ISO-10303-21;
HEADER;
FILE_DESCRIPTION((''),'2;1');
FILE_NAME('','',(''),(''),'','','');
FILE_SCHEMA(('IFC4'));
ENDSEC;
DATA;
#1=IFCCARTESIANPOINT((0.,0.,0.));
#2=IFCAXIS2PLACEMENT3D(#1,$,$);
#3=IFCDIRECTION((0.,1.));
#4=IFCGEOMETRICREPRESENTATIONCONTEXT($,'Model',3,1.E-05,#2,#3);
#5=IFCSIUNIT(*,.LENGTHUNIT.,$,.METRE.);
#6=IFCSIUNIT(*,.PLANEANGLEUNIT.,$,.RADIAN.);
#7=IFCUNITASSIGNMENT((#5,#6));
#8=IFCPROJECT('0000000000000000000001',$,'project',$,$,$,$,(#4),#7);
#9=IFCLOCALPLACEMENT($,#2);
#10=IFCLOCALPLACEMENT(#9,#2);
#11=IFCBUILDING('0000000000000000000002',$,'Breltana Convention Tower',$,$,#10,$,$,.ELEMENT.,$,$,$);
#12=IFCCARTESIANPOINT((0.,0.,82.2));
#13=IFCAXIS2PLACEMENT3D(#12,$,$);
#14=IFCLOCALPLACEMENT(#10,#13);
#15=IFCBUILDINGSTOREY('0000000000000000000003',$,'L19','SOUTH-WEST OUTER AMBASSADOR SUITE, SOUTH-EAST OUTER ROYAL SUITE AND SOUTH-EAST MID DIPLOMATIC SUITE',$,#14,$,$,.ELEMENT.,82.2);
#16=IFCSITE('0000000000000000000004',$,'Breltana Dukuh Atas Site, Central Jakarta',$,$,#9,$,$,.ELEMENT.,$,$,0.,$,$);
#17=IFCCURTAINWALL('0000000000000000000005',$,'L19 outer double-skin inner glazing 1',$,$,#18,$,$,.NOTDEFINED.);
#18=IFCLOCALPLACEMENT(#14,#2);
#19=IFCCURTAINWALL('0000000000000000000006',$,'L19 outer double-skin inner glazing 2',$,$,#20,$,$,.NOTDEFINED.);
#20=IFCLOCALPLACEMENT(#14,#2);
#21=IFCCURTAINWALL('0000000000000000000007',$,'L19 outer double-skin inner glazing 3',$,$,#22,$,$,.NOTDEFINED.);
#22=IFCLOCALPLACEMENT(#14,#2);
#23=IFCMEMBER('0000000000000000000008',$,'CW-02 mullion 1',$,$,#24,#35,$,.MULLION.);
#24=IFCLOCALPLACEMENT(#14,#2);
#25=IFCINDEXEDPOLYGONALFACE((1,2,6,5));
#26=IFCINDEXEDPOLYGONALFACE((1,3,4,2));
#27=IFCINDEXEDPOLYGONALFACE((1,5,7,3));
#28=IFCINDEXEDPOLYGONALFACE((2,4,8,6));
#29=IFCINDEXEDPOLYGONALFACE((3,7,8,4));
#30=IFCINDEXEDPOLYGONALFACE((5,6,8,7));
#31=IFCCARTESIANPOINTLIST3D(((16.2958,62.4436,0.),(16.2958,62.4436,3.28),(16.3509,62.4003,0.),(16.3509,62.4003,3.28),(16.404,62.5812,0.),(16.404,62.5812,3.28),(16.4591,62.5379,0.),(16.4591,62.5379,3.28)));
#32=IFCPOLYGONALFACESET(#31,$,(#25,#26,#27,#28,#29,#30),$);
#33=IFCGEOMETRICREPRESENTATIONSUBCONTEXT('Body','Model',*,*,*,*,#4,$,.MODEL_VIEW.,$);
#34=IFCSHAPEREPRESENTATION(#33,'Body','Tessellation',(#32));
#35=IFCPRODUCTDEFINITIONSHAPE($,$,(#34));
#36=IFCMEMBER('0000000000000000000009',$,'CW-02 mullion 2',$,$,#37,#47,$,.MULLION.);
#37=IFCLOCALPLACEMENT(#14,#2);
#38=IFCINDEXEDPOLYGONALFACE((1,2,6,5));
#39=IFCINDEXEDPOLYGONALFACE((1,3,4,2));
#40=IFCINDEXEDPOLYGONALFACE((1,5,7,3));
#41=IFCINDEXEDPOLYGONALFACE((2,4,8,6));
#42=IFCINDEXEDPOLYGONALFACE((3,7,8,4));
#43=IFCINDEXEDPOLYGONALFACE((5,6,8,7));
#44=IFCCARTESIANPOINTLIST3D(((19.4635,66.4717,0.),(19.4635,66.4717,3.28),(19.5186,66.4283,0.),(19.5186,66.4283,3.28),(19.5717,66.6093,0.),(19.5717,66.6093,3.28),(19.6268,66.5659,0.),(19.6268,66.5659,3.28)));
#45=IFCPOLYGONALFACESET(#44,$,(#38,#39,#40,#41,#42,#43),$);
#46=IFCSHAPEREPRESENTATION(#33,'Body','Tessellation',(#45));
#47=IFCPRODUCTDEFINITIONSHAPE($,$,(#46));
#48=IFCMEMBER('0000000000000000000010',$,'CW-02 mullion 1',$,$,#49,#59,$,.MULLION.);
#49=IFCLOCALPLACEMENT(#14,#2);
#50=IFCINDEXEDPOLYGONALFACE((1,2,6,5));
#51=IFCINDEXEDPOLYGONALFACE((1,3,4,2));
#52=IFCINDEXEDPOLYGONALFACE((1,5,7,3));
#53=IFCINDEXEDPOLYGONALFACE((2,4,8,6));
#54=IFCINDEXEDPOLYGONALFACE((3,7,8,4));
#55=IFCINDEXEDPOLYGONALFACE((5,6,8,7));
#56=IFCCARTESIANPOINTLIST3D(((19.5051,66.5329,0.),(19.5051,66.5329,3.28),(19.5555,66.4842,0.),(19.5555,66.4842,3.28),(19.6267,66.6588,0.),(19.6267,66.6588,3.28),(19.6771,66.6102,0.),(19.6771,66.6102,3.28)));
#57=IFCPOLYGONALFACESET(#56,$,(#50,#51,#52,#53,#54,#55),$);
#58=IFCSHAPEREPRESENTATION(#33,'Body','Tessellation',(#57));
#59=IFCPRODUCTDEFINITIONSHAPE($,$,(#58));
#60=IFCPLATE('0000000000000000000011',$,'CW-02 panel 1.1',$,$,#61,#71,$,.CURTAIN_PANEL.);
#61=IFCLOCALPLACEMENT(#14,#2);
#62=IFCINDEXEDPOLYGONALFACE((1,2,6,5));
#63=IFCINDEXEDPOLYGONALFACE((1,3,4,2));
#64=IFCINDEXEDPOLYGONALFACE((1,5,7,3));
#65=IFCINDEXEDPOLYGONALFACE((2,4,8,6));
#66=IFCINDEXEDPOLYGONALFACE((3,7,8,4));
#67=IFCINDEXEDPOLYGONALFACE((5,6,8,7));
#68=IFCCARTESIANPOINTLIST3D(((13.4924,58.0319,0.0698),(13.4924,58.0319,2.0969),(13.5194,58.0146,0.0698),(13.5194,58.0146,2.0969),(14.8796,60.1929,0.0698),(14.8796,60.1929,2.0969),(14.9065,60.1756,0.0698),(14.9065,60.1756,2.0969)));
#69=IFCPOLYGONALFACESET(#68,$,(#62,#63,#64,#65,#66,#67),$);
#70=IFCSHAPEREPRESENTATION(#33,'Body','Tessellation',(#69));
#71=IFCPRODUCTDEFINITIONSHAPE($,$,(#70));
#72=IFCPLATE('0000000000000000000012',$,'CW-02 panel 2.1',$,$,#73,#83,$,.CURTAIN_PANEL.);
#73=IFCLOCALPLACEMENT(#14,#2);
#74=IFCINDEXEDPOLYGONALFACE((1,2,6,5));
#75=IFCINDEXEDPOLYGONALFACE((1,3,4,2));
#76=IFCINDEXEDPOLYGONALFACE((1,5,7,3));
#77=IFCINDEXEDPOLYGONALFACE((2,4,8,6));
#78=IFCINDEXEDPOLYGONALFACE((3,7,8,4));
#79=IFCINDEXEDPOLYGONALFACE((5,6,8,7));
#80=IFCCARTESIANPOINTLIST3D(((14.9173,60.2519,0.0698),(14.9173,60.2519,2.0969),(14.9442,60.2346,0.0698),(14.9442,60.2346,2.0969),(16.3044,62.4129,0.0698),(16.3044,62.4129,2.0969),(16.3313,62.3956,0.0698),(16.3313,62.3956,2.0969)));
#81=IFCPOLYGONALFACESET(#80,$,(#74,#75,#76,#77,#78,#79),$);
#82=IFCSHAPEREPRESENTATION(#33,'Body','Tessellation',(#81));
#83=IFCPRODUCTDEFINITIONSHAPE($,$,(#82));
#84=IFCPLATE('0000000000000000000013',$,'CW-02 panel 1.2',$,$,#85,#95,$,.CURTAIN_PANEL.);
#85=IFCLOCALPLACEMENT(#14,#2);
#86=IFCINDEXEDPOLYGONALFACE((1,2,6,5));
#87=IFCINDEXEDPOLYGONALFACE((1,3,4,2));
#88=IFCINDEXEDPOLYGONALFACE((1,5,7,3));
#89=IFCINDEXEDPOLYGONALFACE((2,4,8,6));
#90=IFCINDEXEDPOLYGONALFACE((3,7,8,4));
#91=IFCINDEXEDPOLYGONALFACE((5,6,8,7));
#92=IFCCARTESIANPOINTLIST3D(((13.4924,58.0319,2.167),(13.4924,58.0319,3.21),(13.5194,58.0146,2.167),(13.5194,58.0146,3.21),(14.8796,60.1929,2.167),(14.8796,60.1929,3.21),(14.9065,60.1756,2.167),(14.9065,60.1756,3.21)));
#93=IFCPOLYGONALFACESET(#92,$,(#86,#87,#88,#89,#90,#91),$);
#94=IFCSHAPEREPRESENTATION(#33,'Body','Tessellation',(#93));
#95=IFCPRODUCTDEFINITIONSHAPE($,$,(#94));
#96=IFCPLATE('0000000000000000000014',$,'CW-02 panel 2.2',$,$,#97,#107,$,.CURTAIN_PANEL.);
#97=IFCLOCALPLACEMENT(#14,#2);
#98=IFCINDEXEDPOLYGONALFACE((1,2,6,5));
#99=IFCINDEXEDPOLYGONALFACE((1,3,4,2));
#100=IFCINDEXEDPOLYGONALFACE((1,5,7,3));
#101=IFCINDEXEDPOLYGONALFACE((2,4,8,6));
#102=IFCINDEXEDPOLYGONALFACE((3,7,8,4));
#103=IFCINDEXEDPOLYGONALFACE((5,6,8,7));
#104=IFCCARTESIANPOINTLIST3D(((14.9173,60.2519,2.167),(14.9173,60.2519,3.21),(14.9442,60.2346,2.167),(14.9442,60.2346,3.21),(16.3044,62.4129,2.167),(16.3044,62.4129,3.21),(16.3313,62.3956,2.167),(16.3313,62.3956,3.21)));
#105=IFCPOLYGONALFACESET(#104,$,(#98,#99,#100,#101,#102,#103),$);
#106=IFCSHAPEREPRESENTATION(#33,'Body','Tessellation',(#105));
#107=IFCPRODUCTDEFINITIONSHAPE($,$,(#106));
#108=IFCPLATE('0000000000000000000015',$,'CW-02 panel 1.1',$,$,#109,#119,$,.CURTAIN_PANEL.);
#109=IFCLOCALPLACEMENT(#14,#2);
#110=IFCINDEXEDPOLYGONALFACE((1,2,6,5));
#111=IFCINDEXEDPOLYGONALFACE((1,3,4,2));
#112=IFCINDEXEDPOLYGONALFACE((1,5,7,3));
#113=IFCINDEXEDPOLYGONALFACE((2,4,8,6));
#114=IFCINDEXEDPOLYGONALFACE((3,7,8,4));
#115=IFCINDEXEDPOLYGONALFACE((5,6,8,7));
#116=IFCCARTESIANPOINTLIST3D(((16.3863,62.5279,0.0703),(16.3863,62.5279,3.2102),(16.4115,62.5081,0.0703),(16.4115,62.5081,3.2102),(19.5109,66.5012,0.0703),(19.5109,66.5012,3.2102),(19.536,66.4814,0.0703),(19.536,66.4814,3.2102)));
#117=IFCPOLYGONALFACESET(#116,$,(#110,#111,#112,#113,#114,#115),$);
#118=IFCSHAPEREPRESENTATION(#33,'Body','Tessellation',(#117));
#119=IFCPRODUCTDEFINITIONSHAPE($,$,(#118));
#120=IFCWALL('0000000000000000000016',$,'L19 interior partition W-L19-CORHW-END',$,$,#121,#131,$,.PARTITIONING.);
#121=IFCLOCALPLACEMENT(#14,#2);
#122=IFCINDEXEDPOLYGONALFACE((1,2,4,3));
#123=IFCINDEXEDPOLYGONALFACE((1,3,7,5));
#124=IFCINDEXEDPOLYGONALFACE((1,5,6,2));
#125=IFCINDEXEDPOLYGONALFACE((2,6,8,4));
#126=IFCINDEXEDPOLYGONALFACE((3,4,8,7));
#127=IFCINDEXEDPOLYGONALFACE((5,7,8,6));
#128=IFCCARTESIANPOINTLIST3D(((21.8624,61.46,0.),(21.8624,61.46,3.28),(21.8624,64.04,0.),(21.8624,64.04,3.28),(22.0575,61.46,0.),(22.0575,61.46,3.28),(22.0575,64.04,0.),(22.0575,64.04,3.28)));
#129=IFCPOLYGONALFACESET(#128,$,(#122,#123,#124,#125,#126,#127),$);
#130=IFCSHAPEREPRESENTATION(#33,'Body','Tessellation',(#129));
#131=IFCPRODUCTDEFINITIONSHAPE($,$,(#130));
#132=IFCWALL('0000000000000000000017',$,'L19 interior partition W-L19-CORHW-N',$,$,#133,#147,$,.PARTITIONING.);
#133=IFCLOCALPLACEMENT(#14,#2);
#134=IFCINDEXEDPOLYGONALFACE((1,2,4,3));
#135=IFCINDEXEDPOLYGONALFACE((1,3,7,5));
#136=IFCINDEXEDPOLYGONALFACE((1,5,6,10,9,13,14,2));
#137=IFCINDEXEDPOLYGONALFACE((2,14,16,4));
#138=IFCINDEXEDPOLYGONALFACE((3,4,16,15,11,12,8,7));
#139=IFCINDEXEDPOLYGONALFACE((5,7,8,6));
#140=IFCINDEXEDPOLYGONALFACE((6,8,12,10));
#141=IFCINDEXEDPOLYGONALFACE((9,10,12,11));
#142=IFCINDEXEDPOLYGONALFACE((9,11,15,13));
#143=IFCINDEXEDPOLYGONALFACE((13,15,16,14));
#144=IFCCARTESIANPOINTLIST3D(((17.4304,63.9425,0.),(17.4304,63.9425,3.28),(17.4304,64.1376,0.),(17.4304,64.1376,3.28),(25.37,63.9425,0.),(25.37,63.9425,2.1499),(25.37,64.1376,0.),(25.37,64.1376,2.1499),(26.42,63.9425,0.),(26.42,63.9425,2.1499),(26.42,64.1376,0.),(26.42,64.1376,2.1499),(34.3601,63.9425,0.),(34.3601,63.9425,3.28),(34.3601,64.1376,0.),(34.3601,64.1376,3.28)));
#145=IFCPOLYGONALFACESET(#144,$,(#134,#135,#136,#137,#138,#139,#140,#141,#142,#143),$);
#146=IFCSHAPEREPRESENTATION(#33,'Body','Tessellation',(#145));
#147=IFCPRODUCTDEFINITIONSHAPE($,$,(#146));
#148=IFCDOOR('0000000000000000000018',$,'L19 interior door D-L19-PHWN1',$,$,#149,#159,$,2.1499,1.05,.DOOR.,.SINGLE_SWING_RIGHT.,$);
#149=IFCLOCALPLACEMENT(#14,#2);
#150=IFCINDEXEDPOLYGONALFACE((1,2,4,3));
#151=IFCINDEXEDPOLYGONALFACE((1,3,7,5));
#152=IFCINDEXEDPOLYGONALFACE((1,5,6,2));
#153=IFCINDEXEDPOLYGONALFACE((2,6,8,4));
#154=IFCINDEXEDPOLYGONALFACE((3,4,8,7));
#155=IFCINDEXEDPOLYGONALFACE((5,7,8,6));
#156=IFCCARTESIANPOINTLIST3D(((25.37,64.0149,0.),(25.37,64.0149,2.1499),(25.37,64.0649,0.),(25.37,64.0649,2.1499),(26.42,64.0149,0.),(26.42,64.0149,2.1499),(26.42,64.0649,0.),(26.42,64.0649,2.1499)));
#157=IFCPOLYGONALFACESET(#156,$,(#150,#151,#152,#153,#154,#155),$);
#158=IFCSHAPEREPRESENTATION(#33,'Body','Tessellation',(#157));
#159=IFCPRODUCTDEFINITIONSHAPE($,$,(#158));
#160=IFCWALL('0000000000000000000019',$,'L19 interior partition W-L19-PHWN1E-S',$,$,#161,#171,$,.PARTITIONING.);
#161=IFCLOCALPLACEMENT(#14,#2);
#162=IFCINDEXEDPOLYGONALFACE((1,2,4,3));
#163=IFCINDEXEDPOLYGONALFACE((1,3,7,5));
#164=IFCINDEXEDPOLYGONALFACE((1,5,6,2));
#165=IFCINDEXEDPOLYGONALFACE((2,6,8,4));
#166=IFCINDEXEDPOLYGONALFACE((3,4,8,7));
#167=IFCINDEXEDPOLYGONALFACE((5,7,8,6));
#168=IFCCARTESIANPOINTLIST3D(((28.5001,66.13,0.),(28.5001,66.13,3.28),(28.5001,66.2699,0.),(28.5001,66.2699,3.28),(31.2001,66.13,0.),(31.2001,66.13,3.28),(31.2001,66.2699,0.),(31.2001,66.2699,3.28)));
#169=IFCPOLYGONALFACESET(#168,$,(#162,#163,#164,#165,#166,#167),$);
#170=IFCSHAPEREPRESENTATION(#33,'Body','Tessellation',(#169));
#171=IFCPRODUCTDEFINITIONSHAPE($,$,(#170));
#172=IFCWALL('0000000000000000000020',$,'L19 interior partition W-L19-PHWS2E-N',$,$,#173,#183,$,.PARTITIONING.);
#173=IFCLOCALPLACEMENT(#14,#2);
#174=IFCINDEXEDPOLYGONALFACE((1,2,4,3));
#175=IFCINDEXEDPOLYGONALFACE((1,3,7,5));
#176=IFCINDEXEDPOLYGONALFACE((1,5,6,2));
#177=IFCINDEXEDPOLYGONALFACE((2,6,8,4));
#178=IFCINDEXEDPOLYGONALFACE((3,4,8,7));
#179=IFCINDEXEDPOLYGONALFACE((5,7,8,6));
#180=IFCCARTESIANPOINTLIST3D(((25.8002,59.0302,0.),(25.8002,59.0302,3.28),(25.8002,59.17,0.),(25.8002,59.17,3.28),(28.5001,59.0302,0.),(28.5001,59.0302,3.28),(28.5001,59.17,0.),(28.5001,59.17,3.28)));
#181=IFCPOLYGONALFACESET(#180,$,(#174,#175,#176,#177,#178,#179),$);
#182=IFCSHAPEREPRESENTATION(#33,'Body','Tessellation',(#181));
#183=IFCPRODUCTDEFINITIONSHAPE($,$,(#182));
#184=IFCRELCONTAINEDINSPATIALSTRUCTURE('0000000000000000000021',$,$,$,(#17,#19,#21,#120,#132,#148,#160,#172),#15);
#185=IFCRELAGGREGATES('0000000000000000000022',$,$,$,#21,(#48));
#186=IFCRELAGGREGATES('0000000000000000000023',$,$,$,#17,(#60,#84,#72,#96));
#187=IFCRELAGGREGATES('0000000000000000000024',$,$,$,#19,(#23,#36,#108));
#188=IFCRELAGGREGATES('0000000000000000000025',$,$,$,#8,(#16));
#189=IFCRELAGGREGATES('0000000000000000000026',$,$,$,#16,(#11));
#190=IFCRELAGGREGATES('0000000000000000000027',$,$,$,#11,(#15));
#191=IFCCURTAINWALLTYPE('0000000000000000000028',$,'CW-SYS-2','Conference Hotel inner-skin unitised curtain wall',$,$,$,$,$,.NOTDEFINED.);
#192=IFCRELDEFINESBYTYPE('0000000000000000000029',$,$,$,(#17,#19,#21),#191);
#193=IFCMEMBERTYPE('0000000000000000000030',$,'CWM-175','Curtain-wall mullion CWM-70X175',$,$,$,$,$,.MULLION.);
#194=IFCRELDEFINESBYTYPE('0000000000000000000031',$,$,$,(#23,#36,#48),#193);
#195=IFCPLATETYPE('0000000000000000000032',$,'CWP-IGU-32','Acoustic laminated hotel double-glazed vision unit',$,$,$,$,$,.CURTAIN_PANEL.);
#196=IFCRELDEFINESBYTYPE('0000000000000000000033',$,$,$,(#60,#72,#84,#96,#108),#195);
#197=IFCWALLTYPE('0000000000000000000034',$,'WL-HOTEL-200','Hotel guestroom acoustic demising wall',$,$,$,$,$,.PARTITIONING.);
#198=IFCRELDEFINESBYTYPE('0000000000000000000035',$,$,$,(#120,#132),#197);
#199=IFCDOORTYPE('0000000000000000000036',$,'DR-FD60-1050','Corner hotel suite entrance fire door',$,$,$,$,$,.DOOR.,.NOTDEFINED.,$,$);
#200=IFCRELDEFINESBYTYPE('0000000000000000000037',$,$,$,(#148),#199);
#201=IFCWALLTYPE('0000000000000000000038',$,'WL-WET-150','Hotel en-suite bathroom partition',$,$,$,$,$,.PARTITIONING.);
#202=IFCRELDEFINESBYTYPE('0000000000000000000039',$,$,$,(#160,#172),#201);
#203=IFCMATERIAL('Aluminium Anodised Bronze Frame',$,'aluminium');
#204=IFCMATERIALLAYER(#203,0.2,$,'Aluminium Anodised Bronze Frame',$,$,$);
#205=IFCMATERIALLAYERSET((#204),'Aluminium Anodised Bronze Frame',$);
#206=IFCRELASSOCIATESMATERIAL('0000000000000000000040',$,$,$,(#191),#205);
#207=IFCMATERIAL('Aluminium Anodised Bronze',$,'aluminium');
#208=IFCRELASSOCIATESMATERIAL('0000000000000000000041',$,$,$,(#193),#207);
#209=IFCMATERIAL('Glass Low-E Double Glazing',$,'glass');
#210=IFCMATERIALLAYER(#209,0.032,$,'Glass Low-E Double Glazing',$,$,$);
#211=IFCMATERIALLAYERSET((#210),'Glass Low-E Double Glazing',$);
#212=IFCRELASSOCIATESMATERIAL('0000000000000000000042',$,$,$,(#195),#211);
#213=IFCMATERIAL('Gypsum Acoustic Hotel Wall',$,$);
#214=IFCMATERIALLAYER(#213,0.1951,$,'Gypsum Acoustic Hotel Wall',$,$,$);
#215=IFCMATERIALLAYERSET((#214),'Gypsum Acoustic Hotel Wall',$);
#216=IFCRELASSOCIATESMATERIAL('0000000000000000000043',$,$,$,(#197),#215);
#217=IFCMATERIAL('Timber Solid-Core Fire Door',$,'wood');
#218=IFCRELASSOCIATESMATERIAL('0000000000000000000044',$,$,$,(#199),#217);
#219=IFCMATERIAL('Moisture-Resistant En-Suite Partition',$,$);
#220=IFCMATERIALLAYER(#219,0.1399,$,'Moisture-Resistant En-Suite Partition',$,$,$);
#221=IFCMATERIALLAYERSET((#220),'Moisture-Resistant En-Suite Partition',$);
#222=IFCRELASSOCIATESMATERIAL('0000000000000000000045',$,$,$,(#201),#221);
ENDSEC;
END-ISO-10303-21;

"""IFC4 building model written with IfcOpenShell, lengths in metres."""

from ifc_helpers import new_model, si_unit, direction, frame, frame_2d, origin, origin_2d, place, context, subcontext, project, spatial, rectangle, extrude, source, transform, mapped, material, layer, layer_set, material_profile, profile_set, type_object, type_shapes, element, fill, aggregate, save


model = new_model("IFC4")

# Units and contexts
model_context = context("Model", 3, precision=1e-05, world=origin(), true_north=direction((0.0, 1.0)))
body_context = subcontext(model_context, "Body", "Model", "MODEL_VIEW")
ifc_project = project(units=[si_unit("LENGTHUNIT", "METRE"), si_unit("PLANEANGLEUNIT", "RADIAN")], contexts=[model_context])

# Site, building, storey
site_placement = place(None, origin())
site = spatial("IfcSite", under=ifc_project, at=site_placement, Name="Breltana Dukuh Atas Site, Central Jakarta", CompositionType="ELEMENT", RefElevation=0.0)
building_placement = place(site_placement, origin())
building = spatial("IfcBuilding", under=site, at=building_placement, Name="Breltana Convention Tower", CompositionType="ELEMENT")
storey_placement = place(building_placement, frame((0.0, 0.0, 82.2)))
storey = spatial("IfcBuildingStorey", under=building, at=storey_placement, Name="L19", Description="SOUTH-WEST OUTER AMBASSADOR SUITE, SOUTH-EAST OUTER ROYAL SUITE AND SOUTH-EAST MID DIPLOMATIC SUITE", CompositionType="ELEMENT", Elevation=82.2)

# Curtain walls
ifc_material_1 = material(Name="Aluminium Anodised Bronze Frame", Category="aluminium")
ifc_layer_1 = layer(ifc_material_1, 0.2, Name="Aluminium Anodised Bronze Frame")
ifc_layer_set_1 = layer_set([ifc_layer_1], Name="Aluminium Anodised Bronze Frame")
curtain_wall_type = type_object("IfcCurtainWallType", Name="CW-SYS-2", Description="Conference Hotel inner-skin unitised curtain wall", PredefinedType="NOTDEFINED", material=ifc_layer_set_1)
curtain_wall_1_placement = place(storey_placement, origin())
curtain_wall_1 = element("IfcCurtainWall", 1, at=curtain_wall_1_placement, inside=storey, type_object=curtain_wall_type, Name="L19 outer double-skin inner glazing 1", PredefinedType="NOTDEFINED")
ifc_material_2 = material(Name="Aluminium Anodised Bronze", Category="aluminium")
curtain_wall_2_placement = place(storey_placement, origin())
curtain_wall_2 = element("IfcCurtainWall", 2, at=curtain_wall_2_placement, inside=storey, type_object=curtain_wall_type, Name="L19 outer double-skin inner glazing 2", PredefinedType="NOTDEFINED")

# Curtain wall
curtain_wall_3_placement = place(storey_placement, origin())
curtain_wall_3 = element("IfcCurtainWall", 3, at=curtain_wall_3_placement, inside=storey, type_object=curtain_wall_type, Name="L19 outer double-skin inner glazing 3", PredefinedType="NOTDEFINED")

# Members
ifc_material_profile_1 = material_profile(ifc_material_2, rectangle(XDim=0.0701, YDim=0.175, at=origin_2d()), Name="CWM-70X175")
ifc_profile_set_1 = profile_set([ifc_material_profile_1], Name="Aluminium Anodised Bronze")
member_type_1 = type_object("IfcMemberType", Name="CWM-175", Description="Curtain-wall mullion CWM-70X175", PredefinedType="MULLION", material=ifc_profile_set_1)
shared_shape_1 = source(origin(), body_context, "Body", "SweptSolid", [
    extrude(rectangle(XDim=0.0701, YDim=0.175, at=origin_2d()), origin(), (0.0, 0.0, 1.0), 3.28),
])
member_1_placement = place(storey_placement, frame((16.3774, 62.4907, 0.0), z_axis=(0.0, 0.0, 1.0), x_axis=(-0.786057, 0.618154, 0.0)))
member_1 = element("IfcMember", 4, at=member_1_placement, type_object=member_type_1, Name="CW-02 mullion 1", PredefinedType="MULLION", context=body_context, shape_type="MappedRepresentation", body=[
    mapped(shared_shape_1, transform((0.0, 0.0, 0.0), scale=1.0)),
])
member_2_placement = place(storey_placement, frame((19.5452, 66.5188, 0.0), z_axis=(0.0, 0.0, 1.0), x_axis=(-0.786057, 0.618154, 0.0)))
member_2 = element("IfcMember", 5, at=member_2_placement, type_object=member_type_1, Name="CW-02 mullion 2", PredefinedType="MULLION", context=body_context, shape_type="MappedRepresentation", body=[
    mapped(shared_shape_1, transform((0.0, 0.0, 0.0), scale=1.0)),
])
member_3_placement = place(storey_placement, frame((19.5911, 66.5715, 0.0), z_axis=(0.0, 0.0, 1.0), x_axis=(-0.719386, 0.69461, 0.0)))
member_3 = element("IfcMember", 6, at=member_3_placement, type_object=member_type_1, Name="CW-02 mullion 1", PredefinedType="MULLION", context=body_context, shape_type="MappedRepresentation", body=[
    mapped(shared_shape_1, transform((0.0, 0.0, 0.0), scale=1.0)),
])
aggregate(curtain_wall_3, [member_3])

# Plates
ifc_material_3 = material(Name="Glass Low-E Double Glazing", Category="glass")
ifc_layer_2 = layer(ifc_material_3, 0.032, Name="Glass Low-E Double Glazing")
ifc_layer_set_2 = layer_set([ifc_layer_2], Name="Glass Low-E Double Glazing")
plate_type = type_object("IfcPlateType", Name="CWP-IGU-32", Description="Acoustic laminated hotel double-glazed vision unit", PredefinedType="CURTAIN_PANEL", material=ifc_layer_set_2)
shared_shape_2 = source(origin(), body_context, "Body", "SweptSolid", [
    extrude(rectangle(XDim=2.5679, YDim=0.032, at=origin_2d()), origin(), (0.0, 0.0, 1.0), 2.0271),
])
plate_1_placement = place(storey_placement, frame((14.1995, 59.1038, 0.0698), z_axis=(0.0, 0.0, 1.0), x_axis=(0.540181, 0.841549, 0.0)))
plate_1 = element("IfcPlate", 7, at=plate_1_placement, type_object=plate_type, Name="CW-02 panel 1.1", PredefinedType="CURTAIN_PANEL", context=body_context, shape_type="MappedRepresentation", body=[
    mapped(shared_shape_2, transform((0.0, 0.0, 0.0), scale=1.0)),
])
plate_2_placement = place(storey_placement, frame((15.6243, 61.3237, 0.0698), z_axis=(0.0, 0.0, 1.0), x_axis=(0.540181, 0.841549, 0.0)))
plate_2 = element("IfcPlate", 8, at=plate_2_placement, type_object=plate_type, Name="CW-02 panel 2.1", PredefinedType="CURTAIN_PANEL", context=body_context, shape_type="MappedRepresentation", body=[
    mapped(shared_shape_2, transform((0.0, 0.0, 0.0), scale=1.0)),
])
shared_shape_3 = source(origin(), body_context, "Body", "SweptSolid", [
    extrude(rectangle(XDim=2.5679, YDim=0.032, at=origin_2d()), origin(), (0.0, 0.0, 1.0), 1.043),
])
plate_3_placement = place(storey_placement, frame((14.1995, 59.1038, 2.167), z_axis=(0.0, 0.0, 1.0), x_axis=(0.540181, 0.841549, 0.0)))
plate_3 = element("IfcPlate", 9, at=plate_3_placement, type_object=plate_type, Name="CW-02 panel 1.2", PredefinedType="CURTAIN_PANEL", context=body_context, shape_type="MappedRepresentation", body=[
    mapped(shared_shape_3, transform((0.0, 0.0, 0.0), scale=1.0)),
])
plate_4_placement = place(storey_placement, frame((15.6243, 61.3237, 2.167), z_axis=(0.0, 0.0, 1.0), x_axis=(0.540181, 0.841549, 0.0)))
plate_4 = element("IfcPlate", 10, at=plate_4_placement, type_object=plate_type, Name="CW-02 panel 2.2", PredefinedType="CURTAIN_PANEL", context=body_context, shape_type="MappedRepresentation", body=[
    mapped(shared_shape_3, transform((0.0, 0.0, 0.0), scale=1.0)),
])
aggregate(curtain_wall_1, [plate_1, plate_3, plate_2, plate_4])
shared_shape_4 = source(origin(), body_context, "Body", "SweptSolid", [
    extrude(rectangle(XDim=5.0547, YDim=0.032, at=origin_2d()), origin(), (0.0, 0.0, 1.0), 3.1399),
])
plate_5_placement = place(storey_placement, frame((17.9612, 64.5046, 0.0703), z_axis=(0.0, 0.0, 1.0), x_axis=(0.618154, 0.786057, 0.0)))
plate_5 = element("IfcPlate", 11, at=plate_5_placement, type_object=plate_type, Name="CW-02 panel 1.1", PredefinedType="CURTAIN_PANEL", context=body_context, shape_type="MappedRepresentation", body=[
    mapped(shared_shape_4, transform((0.0, 0.0, 0.0), scale=1.0)),
])
aggregate(curtain_wall_2, [member_1, member_2, plate_5])

# Wall
ifc_material_4 = material(Name="Gypsum Acoustic Hotel Wall")
ifc_layer_3 = layer(ifc_material_4, 0.1951, Name="Gypsum Acoustic Hotel Wall")
ifc_layer_set_3 = layer_set([ifc_layer_3], Name="Gypsum Acoustic Hotel Wall")
wall_type_1 = type_object("IfcWallType", Name="WL-HOTEL-200", Description="Hotel guestroom acoustic demising wall", PredefinedType="PARTITIONING", material=ifc_layer_set_3)
shared_shape_5 = source(origin(), body_context, "Body", "SweptSolid", [
    extrude(rectangle(XDim=2.5801, YDim=0.1951, at=frame_2d((1.29, 0.0))), origin(), (0.0, 0.0, 1.0), 3.28),
])
wall_1_placement = place(storey_placement, frame((21.96, 61.46, 0.0), z_axis=(0.0, 0.0, 1.0), x_axis=(0.0, 1.0, 0.0)))
element("IfcWall", 12, at=wall_1_placement, inside=storey, type_object=wall_type_1, Name="L19 interior partition W-L19-CORHW-END", PredefinedType="PARTITIONING", context=body_context, shape_type="MappedRepresentation", body=[
    mapped(shared_shape_5, transform((0.0, 0.0, 0.0), scale=1.0)),
])

# Wall, opening, door
shared_shape_6 = source(origin(), body_context, "Body", "SweptSolid", [
    extrude(rectangle(XDim=16.9297, YDim=0.1951, at=frame_2d((8.4648, 0.0))), origin(), (0.0, 0.0, 1.0), 3.28),
])
wall_2_placement = place(storey_placement, frame((17.4304, 64.04, 0.0), z_axis=(0.0, 0.0, 1.0), x_axis=(1.0, 0.0, 0.0)))
wall_2 = element("IfcWall", 13, at=wall_2_placement, inside=storey, type_object=wall_type_1, Name="L19 interior partition W-L19-CORHW-N", PredefinedType="PARTITIONING", context=body_context, shape_type="MappedRepresentation", body=[
    mapped(shared_shape_6, transform((0.0, 0.0, 0.0), scale=1.0)),
])
opening_1_placement = place(wall_2_placement, frame((7.9397, 0.0, 0.0)))
opening_1 = element("IfcOpeningElement", 14, at=opening_1_placement, cuts=wall_2, PredefinedType="OPENING", context=body_context, shape_type="SweptSolid", body=[
    extrude(rectangle(XDim=1.05, YDim=2.1499, at=frame_2d((0.5249, 1.075))), frame((0.0, 0.1074, 0.0), z_axis=(0.0, -1.0, 0.0), x_axis=(1.0, 0.0, 0.0)), (0.0, 0.0, 1.0), 0.2151),
])
ifc_material_5 = material(Name="Timber Solid-Core Fire Door", Category="wood")
door_type_1 = type_object("IfcDoorType", Name="DR-FD60-1050", Description="Corner hotel suite entrance fire door", OperationType="NOTDEFINED", PredefinedType="DOOR", material=ifc_material_5)
shared_shape_7 = source(origin(), body_context, "Body", "SweptSolid", [
    extrude(rectangle(XDim=1.05, YDim=2.1499, at=frame_2d((0.5249, 1.075))), frame((0.0, 0.0249, 0.0), z_axis=(0.0, -1.0, 0.0), x_axis=(1.0, 0.0, 0.0)), (0.0, 0.0, 1.0), 0.05),
])
type_shapes(door_type_1, [shared_shape_7])
door_1_placement = place(opening_1_placement, origin())
door_1 = element("IfcDoor", 15, at=door_1_placement, inside=storey, type_object=door_type_1, Name="L19 interior door D-L19-PHWN1", OperationType="SINGLE_SWING_RIGHT", OverallHeight=2.1499, OverallWidth=1.05, PredefinedType="DOOR", context=body_context, shape_type="MappedRepresentation", body=[
    mapped(shared_shape_7, transform((0.0, 0.0, 0.0), scale=1.0)),
])
fill(opening_1, door_1)

# Walls
ifc_material_6 = material(Name="Moisture-Resistant En-Suite Partition")
ifc_layer_4 = layer(ifc_material_6, 0.1399, Name="Moisture-Resistant En-Suite Partition")
ifc_layer_set_4 = layer_set([ifc_layer_4], Name="Moisture-Resistant En-Suite Partition")
wall_type_2 = type_object("IfcWallType", Name="WL-WET-150", Description="Hotel en-suite bathroom partition", PredefinedType="PARTITIONING", material=ifc_layer_set_4)
shared_shape_8 = source(origin(), body_context, "Body", "SweptSolid", [
    extrude(rectangle(XDim=2.7, YDim=0.1399, at=frame_2d((1.3501, 0.0))), origin(), (0.0, 0.0, 1.0), 3.28),
])
for number, where, z_axis, x_axis, name in (
    (16, (28.5, 66.2, 0.0), (0.0, 0.0, 1.0), (1.0, 0.0, 0.0), "L19 interior partition W-L19-PHWN1E-S"),
    (17, (25.8, 59.1001, 0.0), (0.0, 0.0, 1.0), (1.0, 0.0, 0.0), "L19 interior partition W-L19-PHWS2E-N"),
):
    element("IfcWall", number, at=place(storey_placement, frame(where, z_axis=z_axis, x_axis=x_axis)), inside=storey, type_object=wall_type_2, Name=name, PredefinedType="PARTITIONING", context=body_context, shape_type="MappedRepresentation", body=[
        mapped(shared_shape_8, transform((0.0, 0.0, 0.0), scale=1.0)),
    ])

save(model, "model.ifc")
